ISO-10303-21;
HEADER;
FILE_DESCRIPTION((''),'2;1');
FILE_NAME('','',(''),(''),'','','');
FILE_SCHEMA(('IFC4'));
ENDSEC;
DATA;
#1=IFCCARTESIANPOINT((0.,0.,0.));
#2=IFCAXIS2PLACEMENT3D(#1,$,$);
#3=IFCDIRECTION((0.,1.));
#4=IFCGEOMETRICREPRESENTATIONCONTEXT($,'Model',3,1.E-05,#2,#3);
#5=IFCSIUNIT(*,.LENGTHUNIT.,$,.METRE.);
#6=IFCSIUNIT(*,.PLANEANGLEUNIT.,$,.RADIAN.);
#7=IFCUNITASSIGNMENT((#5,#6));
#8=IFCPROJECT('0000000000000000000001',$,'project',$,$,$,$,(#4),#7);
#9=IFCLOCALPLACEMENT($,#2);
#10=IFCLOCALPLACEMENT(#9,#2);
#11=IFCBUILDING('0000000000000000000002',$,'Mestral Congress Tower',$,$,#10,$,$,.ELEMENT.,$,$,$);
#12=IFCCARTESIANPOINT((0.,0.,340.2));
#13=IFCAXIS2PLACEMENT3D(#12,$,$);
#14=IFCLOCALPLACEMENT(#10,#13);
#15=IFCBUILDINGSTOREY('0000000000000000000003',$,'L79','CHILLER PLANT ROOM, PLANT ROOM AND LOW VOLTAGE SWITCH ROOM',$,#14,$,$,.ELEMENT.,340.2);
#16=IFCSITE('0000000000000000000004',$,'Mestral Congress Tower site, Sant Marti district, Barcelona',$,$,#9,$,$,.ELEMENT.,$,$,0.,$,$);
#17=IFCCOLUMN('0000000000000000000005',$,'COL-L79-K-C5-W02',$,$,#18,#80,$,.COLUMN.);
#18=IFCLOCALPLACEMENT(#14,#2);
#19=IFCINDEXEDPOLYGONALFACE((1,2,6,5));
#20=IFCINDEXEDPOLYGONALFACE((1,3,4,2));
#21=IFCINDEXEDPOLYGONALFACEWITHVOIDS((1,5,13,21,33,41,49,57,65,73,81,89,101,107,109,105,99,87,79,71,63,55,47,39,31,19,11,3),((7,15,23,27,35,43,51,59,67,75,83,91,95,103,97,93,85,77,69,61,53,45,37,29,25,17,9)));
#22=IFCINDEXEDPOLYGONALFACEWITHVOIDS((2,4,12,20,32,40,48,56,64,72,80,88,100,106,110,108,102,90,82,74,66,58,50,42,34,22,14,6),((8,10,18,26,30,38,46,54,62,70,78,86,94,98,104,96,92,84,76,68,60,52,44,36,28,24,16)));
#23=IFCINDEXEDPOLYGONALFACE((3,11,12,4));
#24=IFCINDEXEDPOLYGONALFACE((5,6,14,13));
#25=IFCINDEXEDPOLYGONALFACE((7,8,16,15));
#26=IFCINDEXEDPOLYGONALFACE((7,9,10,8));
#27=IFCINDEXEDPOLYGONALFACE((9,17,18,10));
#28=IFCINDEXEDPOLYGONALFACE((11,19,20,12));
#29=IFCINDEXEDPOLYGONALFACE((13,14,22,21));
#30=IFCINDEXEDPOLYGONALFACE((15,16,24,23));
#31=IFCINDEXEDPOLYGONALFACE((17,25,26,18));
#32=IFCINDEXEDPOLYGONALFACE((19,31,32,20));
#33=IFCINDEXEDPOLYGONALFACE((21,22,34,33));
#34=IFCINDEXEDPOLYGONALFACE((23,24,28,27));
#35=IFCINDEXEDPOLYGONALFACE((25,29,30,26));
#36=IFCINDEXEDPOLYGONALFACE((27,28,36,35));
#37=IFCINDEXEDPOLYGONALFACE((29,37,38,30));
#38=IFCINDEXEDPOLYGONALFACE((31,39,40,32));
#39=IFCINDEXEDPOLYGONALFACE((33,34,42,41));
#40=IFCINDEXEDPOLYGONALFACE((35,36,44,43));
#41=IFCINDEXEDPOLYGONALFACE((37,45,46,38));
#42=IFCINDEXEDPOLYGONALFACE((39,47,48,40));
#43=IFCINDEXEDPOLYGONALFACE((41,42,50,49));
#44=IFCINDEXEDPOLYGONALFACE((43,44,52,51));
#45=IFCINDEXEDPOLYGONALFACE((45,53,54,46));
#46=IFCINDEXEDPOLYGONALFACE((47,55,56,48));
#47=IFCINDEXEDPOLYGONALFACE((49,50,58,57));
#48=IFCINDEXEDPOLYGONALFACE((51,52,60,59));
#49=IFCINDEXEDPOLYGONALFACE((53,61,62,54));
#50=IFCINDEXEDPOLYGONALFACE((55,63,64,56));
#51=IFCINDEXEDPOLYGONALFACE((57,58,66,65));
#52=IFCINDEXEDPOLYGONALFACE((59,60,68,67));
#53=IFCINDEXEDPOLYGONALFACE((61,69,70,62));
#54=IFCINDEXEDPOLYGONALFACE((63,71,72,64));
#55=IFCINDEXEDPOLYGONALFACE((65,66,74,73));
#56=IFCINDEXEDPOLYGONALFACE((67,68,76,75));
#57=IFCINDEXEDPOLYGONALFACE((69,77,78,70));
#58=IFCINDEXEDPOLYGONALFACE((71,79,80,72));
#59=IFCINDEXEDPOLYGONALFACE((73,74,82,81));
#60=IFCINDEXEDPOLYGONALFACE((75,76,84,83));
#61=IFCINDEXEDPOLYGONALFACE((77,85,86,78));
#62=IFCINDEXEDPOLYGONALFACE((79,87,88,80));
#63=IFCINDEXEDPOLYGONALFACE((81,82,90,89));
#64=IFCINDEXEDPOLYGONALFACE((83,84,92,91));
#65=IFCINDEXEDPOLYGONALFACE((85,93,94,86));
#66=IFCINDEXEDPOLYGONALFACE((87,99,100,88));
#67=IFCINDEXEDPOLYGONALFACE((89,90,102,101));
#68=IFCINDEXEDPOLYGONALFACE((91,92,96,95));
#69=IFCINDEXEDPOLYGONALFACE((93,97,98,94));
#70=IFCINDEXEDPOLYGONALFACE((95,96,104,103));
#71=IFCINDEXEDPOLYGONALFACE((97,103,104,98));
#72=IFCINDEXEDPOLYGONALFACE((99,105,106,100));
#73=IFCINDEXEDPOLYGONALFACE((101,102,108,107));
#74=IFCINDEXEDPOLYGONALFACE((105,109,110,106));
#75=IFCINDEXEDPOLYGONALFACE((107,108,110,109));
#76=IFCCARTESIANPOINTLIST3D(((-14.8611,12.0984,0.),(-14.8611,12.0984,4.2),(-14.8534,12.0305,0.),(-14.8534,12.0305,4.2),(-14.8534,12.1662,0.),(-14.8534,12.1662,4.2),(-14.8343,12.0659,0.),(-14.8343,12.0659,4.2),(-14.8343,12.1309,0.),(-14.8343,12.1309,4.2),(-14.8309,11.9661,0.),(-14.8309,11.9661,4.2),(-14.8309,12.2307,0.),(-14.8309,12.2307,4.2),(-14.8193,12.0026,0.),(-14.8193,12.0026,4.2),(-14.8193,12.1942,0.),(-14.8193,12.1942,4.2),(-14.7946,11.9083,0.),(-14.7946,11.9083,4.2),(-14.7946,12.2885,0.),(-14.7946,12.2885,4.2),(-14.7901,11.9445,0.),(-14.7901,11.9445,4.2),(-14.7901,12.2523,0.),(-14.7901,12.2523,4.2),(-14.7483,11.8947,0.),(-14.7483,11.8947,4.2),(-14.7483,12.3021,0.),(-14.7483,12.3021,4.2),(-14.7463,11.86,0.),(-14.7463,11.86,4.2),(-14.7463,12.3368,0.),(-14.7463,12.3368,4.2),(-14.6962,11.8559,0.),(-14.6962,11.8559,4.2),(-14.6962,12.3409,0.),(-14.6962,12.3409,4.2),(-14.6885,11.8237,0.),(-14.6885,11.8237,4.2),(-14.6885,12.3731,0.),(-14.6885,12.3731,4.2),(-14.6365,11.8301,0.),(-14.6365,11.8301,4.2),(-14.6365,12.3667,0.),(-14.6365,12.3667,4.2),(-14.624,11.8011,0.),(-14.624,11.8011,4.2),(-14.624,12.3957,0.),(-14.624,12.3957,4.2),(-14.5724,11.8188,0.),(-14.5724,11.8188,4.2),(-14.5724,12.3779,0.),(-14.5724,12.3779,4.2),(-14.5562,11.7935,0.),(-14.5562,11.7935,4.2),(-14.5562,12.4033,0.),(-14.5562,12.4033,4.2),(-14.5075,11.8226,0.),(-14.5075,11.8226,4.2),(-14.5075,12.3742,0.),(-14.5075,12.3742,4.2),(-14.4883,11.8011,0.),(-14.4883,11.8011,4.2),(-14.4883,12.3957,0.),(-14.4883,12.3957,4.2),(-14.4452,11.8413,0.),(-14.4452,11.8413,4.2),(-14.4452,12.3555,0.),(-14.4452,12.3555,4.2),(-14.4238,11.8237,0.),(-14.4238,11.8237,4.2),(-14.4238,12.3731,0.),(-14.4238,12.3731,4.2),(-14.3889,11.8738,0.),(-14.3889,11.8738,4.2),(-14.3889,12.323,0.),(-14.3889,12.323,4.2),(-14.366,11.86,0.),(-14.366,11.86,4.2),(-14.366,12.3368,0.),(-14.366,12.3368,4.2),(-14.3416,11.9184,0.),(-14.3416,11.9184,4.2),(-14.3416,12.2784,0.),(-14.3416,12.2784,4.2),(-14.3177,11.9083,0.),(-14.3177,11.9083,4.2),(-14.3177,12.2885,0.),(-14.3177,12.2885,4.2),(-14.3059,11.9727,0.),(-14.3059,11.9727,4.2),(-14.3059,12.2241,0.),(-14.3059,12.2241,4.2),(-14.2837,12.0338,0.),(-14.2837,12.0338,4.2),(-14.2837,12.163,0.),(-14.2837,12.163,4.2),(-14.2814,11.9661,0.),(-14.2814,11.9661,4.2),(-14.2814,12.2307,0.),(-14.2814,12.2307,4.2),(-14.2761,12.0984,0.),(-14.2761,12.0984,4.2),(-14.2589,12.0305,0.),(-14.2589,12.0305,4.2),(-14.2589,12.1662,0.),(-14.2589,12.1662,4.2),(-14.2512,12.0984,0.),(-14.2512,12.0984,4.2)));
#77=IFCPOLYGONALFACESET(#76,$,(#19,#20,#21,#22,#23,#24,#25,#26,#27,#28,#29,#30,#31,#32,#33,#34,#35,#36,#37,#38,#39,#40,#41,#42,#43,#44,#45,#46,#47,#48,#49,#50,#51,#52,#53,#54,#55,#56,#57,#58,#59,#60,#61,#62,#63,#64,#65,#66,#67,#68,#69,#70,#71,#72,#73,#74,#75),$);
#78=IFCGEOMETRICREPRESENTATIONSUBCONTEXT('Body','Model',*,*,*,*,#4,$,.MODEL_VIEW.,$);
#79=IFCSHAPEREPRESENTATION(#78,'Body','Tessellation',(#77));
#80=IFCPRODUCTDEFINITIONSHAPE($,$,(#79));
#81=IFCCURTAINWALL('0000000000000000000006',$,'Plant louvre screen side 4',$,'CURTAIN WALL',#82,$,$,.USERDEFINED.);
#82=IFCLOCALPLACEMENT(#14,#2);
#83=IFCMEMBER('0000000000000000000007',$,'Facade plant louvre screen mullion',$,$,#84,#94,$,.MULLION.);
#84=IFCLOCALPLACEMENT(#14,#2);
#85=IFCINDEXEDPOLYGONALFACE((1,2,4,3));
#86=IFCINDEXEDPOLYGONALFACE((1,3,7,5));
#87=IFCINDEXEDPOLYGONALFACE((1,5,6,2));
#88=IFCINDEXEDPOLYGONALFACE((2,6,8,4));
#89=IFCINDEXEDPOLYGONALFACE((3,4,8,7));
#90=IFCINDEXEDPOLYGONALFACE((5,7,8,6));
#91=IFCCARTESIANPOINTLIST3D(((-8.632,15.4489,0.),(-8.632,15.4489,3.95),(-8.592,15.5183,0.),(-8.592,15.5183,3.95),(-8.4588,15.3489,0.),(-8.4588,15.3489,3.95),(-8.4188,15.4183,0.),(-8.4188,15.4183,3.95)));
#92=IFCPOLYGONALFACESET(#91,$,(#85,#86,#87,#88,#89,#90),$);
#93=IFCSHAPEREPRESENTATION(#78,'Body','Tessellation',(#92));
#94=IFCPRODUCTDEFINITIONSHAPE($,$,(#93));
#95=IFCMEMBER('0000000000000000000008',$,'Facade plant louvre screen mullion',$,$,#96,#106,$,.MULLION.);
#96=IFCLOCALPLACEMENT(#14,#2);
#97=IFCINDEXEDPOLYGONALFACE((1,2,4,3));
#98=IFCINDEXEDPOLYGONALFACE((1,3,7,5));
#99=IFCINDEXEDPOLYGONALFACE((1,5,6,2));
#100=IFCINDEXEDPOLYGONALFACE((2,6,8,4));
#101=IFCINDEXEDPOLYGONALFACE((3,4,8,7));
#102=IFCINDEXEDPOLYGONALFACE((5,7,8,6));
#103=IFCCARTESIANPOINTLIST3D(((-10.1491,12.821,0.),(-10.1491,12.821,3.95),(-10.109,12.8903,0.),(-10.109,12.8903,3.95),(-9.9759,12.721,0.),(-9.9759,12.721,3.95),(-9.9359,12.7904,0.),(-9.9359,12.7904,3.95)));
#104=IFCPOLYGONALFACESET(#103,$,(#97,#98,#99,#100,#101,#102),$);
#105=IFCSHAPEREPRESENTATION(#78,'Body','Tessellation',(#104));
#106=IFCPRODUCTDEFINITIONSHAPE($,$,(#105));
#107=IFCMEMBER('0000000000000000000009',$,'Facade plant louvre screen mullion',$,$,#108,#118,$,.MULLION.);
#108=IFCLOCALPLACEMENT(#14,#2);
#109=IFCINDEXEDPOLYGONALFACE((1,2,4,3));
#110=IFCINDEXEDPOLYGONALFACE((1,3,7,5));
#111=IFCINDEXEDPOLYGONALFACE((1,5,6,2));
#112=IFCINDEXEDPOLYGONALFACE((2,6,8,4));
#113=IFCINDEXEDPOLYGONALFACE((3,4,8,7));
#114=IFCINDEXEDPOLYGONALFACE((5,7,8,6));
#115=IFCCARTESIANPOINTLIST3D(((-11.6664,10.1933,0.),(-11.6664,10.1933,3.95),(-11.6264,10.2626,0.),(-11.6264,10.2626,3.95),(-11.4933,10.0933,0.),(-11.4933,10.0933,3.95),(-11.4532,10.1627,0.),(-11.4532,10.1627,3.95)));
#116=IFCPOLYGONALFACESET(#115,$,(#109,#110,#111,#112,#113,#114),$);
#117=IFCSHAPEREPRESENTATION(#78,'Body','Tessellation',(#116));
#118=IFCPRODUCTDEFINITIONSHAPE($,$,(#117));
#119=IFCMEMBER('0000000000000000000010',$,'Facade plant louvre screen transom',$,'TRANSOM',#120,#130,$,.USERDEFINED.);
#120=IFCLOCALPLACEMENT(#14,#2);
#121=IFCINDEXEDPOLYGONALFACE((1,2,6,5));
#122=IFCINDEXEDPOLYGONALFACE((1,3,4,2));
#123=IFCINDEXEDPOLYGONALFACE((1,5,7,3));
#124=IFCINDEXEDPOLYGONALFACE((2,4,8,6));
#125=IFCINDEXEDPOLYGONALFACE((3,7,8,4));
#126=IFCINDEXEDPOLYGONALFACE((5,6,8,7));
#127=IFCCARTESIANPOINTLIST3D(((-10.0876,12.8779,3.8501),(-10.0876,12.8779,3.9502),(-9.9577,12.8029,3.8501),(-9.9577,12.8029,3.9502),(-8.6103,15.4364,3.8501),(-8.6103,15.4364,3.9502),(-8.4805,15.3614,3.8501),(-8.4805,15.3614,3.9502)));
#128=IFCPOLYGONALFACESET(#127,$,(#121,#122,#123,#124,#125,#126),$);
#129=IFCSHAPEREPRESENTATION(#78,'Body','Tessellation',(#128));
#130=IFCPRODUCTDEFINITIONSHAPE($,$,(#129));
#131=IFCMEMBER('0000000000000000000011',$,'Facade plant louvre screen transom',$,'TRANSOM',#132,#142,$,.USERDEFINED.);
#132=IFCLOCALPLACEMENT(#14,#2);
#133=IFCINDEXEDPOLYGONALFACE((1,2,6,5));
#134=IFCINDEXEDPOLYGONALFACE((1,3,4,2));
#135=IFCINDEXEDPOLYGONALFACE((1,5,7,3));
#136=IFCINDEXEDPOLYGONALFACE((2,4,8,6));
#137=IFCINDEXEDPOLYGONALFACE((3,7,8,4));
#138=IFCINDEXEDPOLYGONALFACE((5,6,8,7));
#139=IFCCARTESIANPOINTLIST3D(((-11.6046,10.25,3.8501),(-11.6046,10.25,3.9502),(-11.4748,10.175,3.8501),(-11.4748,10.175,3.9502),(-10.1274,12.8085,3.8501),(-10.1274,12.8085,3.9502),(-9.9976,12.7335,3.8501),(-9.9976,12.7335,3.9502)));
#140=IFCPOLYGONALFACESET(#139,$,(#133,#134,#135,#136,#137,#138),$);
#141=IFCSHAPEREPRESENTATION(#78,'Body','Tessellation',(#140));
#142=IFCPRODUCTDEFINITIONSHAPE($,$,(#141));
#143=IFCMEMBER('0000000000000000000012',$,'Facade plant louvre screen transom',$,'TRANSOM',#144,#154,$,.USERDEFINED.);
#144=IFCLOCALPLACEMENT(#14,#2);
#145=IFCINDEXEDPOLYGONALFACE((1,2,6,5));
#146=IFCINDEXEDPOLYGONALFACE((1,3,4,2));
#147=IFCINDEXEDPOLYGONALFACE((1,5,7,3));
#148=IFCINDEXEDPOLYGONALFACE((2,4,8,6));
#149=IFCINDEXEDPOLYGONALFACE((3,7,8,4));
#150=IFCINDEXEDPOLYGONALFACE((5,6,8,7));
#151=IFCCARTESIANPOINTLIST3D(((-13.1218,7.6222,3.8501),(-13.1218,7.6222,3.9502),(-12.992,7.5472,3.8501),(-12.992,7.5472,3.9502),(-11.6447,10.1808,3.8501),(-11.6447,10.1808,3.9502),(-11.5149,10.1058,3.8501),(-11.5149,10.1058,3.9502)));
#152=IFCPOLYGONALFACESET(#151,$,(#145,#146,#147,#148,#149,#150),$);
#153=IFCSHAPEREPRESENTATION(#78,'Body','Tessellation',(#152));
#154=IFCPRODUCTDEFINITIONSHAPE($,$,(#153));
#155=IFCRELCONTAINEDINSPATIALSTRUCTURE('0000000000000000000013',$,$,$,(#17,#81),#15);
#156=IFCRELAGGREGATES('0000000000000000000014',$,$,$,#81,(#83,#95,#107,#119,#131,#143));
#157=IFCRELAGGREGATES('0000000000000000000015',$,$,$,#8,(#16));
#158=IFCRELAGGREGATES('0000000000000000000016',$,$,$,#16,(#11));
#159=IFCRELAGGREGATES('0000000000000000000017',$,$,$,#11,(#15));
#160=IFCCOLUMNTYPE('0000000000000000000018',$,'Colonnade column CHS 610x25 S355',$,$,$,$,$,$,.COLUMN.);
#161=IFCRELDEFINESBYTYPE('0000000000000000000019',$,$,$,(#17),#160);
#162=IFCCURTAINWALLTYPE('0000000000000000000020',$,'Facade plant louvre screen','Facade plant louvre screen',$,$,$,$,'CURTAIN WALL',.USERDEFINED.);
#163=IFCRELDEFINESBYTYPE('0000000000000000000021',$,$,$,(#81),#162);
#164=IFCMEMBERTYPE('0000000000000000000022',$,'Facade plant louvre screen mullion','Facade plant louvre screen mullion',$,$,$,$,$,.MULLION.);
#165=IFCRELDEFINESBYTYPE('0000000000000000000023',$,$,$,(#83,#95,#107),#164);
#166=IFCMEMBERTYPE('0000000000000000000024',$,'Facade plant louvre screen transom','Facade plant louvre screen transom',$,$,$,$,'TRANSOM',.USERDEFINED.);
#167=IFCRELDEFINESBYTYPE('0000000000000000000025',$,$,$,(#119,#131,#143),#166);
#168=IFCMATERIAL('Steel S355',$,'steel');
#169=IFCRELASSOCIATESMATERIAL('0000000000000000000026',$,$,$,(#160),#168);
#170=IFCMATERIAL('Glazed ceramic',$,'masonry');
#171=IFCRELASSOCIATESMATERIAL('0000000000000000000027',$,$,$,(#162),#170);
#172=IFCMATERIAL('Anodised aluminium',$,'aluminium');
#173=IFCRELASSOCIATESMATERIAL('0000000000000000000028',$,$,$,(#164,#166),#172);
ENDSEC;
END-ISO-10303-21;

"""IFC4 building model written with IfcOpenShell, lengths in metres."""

from ifc_helpers import new_model, si_unit, direction, frame, origin, origin_2d, place, context, subcontext, project, spatial, rectangle, hollow_circle, extrude, material, material_profile, profile_set, type_object, element, aggregate, save


model = new_model("IFC4")

# Units and contexts
model_context = context("Model", 3, precision=1e-05, world=origin(), true_north=direction((0.0, 1.0)))
body_context = subcontext(model_context, "Body", "Model", "MODEL_VIEW")
ifc_project = project(units=[si_unit("LENGTHUNIT", "METRE"), si_unit("PLANEANGLEUNIT", "RADIAN")], contexts=[model_context])

# Site, building, storey
site_placement = place(None, origin())
site = spatial("IfcSite", under=ifc_project, at=site_placement, Name="Mestral Congress Tower site, Sant Marti district, Barcelona", CompositionType="ELEMENT", RefElevation=0.0)
building_placement = place(site_placement, origin())
building = spatial("IfcBuilding", under=site, at=building_placement, Name="Mestral Congress Tower", CompositionType="ELEMENT")
storey_placement = place(building_placement, frame((0.0, 0.0, 340.2)))
storey = spatial("IfcBuildingStorey", under=building, at=storey_placement, Name="L79", Description="CHILLER PLANT ROOM, PLANT ROOM AND LOW VOLTAGE SWITCH ROOM", CompositionType="ELEMENT", Elevation=340.2)

# Column
ifc_material_1 = material(Name="Steel S355", Category="steel")
ifc_material_profile_1 = material_profile(ifc_material_1, hollow_circle(Radius=0.3049, WallThickness=0.0249, at=origin_2d()), Name="CHS 610x25")
ifc_profile_set_1 = profile_set([ifc_material_profile_1], Name="Steel S355")
column_type = type_object("IfcColumnType", Name="Colonnade column CHS 610x25 S355", PredefinedType="COLUMN", material=ifc_profile_set_1)
column_placement = place(storey_placement, frame((-14.5562, 12.0984, 0.0), z_axis=(0.0, 0.0, 1.0), x_axis=(1.0, 0.0, 0.0)))
element("IfcColumn", 1, at=column_placement, inside=storey, type_object=column_type, Name="COL-L79-K-C5-W02", PredefinedType="COLUMN", context=body_context, shape_type="SweptSolid", body=[
    extrude(hollow_circle(Radius=0.3049, WallThickness=0.0249, at=origin_2d()), origin(), (0.0, 0.0, 1.0), 4.2),
])

# Curtain wall, members
ifc_material_2 = material(Name="Glazed ceramic", Category="masonry")
curtain_wall_type = type_object("IfcCurtainWallType", Name="Facade plant louvre screen", Description="Facade plant louvre screen", ElementType="CURTAIN WALL", PredefinedType="USERDEFINED", material=ifc_material_2)
placement = place(storey_placement, origin())
curtain_wall = element("IfcCurtainWall", 2, at=placement, inside=storey, type_object=curtain_wall_type, Name="Plant louvre screen side 4", ObjectType="CURTAIN WALL", PredefinedType="USERDEFINED")
ifc_material_3 = material(Name="Anodised aluminium", Category="aluminium")
ifc_material_profile_2 = material_profile(ifc_material_3, rectangle(XDim=0.2, YDim=0.0801, at=origin_2d()), Name="CW6 mullion 200 x 80")
ifc_profile_set_2 = profile_set([ifc_material_profile_2], Name="Anodised aluminium")
member_type_1 = type_object("IfcMemberType", Name="Facade plant louvre screen mullion", Description="Facade plant louvre screen mullion", PredefinedType="MULLION", material=ifc_profile_set_2)
member_1_placement = place(storey_placement, frame((-8.5254, 15.4336, 0.0), z_axis=(0.0, 0.0, 1.0), x_axis=(-0.866025, 0.500002, 0.0)))
member_1 = element("IfcMember", 3, at=member_1_placement, type_object=member_type_1, Name="Facade plant louvre screen mullion", PredefinedType="MULLION", context=body_context, shape_type="SweptSolid", body=[
    extrude(rectangle(XDim=0.2, YDim=0.0801, at=origin_2d()), origin(), (0.0, 0.0, 1.0), 3.95),
])
member_2_placement = place(storey_placement, frame((-10.0425, 12.8057, 0.0), z_axis=(0.0, 0.0, 1.0), x_axis=(-0.866025, 0.500002, 0.0)))
member_2 = element("IfcMember", 4, at=member_2_placement, type_object=member_type_1, Name="Facade plant louvre screen mullion", PredefinedType="MULLION", context=body_context, shape_type="SweptSolid", body=[
    extrude(rectangle(XDim=0.2, YDim=0.0801, at=origin_2d()), origin(), (0.0, 0.0, 1.0), 3.95),
])
member_3_placement = place(storey_placement, frame((-11.5598, 10.178, 0.0), z_axis=(0.0, 0.0, 1.0), x_axis=(-0.866025, 0.500002, 0.0)))
member_3 = element("IfcMember", 5, at=member_3_placement, type_object=member_type_1, Name="Facade plant louvre screen mullion", PredefinedType="MULLION", context=body_context, shape_type="SweptSolid", body=[
    extrude(rectangle(XDim=0.2, YDim=0.0801, at=origin_2d()), origin(), (0.0, 0.0, 1.0), 3.95),
])
ifc_material_profile_3 = material_profile(ifc_material_3, rectangle(XDim=0.1499, YDim=0.1001, at=origin_2d()), Name="CW6 transom 150 x 100")
ifc_profile_set_3 = profile_set([ifc_material_profile_3], Name="Anodised aluminium")
member_type_2 = type_object("IfcMemberType", Name="Facade plant louvre screen transom", Description="Facade plant louvre screen transom", ElementType="TRANSOM", PredefinedType="USERDEFINED", material=ifc_profile_set_3)
member_4_placement = place(storey_placement, frame((-8.5454, 15.3989, 3.9001), z_axis=(-0.500023, -0.866012, 0.0), x_axis=(0.866012, -0.500023, 0.0)))
member_4 = element("IfcMember", 6, at=member_4_placement, type_object=member_type_2, Name="Facade plant louvre screen transom", ObjectType="TRANSOM", PredefinedType="USERDEFINED", context=body_context, shape_type="SweptSolid", body=[
    extrude(rectangle(XDim=0.1499, YDim=0.1001, at=origin_2d()), origin(), (0.0, 0.0, 1.0), 2.9543),
])
member_5_placement = place(storey_placement, frame((-10.0625, 12.771, 3.9001), z_axis=(-0.500023, -0.866012, 0.0), x_axis=(0.866012, -0.500023, 0.0)))
member_5 = element("IfcMember", 7, at=member_5_placement, type_object=member_type_2, Name="Facade plant louvre screen transom", ObjectType="TRANSOM", PredefinedType="USERDEFINED", context=body_context, shape_type="SweptSolid", body=[
    extrude(rectangle(XDim=0.1499, YDim=0.1001, at=origin_2d()), origin(), (0.0, 0.0, 1.0), 2.9543),
])
member_6_placement = place(storey_placement, frame((-11.5798, 10.1433, 3.9001), z_axis=(-0.499961, -0.866048, 0.0), x_axis=(0.866048, -0.499961, 0.0)))
member_6 = element("IfcMember", 8, at=member_6_placement, type_object=member_type_2, Name="Facade plant louvre screen transom", ObjectType="TRANSOM", PredefinedType="USERDEFINED", context=body_context, shape_type="SweptSolid", body=[
    extrude(rectangle(XDim=0.1499, YDim=0.1001, at=origin_2d()), origin(), (0.0, 0.0, 1.0), 2.9543),
])

aggregate(curtain_wall, [member_1, member_2, member_3, member_4, member_5, member_6])

save(model, "model.ifc")
